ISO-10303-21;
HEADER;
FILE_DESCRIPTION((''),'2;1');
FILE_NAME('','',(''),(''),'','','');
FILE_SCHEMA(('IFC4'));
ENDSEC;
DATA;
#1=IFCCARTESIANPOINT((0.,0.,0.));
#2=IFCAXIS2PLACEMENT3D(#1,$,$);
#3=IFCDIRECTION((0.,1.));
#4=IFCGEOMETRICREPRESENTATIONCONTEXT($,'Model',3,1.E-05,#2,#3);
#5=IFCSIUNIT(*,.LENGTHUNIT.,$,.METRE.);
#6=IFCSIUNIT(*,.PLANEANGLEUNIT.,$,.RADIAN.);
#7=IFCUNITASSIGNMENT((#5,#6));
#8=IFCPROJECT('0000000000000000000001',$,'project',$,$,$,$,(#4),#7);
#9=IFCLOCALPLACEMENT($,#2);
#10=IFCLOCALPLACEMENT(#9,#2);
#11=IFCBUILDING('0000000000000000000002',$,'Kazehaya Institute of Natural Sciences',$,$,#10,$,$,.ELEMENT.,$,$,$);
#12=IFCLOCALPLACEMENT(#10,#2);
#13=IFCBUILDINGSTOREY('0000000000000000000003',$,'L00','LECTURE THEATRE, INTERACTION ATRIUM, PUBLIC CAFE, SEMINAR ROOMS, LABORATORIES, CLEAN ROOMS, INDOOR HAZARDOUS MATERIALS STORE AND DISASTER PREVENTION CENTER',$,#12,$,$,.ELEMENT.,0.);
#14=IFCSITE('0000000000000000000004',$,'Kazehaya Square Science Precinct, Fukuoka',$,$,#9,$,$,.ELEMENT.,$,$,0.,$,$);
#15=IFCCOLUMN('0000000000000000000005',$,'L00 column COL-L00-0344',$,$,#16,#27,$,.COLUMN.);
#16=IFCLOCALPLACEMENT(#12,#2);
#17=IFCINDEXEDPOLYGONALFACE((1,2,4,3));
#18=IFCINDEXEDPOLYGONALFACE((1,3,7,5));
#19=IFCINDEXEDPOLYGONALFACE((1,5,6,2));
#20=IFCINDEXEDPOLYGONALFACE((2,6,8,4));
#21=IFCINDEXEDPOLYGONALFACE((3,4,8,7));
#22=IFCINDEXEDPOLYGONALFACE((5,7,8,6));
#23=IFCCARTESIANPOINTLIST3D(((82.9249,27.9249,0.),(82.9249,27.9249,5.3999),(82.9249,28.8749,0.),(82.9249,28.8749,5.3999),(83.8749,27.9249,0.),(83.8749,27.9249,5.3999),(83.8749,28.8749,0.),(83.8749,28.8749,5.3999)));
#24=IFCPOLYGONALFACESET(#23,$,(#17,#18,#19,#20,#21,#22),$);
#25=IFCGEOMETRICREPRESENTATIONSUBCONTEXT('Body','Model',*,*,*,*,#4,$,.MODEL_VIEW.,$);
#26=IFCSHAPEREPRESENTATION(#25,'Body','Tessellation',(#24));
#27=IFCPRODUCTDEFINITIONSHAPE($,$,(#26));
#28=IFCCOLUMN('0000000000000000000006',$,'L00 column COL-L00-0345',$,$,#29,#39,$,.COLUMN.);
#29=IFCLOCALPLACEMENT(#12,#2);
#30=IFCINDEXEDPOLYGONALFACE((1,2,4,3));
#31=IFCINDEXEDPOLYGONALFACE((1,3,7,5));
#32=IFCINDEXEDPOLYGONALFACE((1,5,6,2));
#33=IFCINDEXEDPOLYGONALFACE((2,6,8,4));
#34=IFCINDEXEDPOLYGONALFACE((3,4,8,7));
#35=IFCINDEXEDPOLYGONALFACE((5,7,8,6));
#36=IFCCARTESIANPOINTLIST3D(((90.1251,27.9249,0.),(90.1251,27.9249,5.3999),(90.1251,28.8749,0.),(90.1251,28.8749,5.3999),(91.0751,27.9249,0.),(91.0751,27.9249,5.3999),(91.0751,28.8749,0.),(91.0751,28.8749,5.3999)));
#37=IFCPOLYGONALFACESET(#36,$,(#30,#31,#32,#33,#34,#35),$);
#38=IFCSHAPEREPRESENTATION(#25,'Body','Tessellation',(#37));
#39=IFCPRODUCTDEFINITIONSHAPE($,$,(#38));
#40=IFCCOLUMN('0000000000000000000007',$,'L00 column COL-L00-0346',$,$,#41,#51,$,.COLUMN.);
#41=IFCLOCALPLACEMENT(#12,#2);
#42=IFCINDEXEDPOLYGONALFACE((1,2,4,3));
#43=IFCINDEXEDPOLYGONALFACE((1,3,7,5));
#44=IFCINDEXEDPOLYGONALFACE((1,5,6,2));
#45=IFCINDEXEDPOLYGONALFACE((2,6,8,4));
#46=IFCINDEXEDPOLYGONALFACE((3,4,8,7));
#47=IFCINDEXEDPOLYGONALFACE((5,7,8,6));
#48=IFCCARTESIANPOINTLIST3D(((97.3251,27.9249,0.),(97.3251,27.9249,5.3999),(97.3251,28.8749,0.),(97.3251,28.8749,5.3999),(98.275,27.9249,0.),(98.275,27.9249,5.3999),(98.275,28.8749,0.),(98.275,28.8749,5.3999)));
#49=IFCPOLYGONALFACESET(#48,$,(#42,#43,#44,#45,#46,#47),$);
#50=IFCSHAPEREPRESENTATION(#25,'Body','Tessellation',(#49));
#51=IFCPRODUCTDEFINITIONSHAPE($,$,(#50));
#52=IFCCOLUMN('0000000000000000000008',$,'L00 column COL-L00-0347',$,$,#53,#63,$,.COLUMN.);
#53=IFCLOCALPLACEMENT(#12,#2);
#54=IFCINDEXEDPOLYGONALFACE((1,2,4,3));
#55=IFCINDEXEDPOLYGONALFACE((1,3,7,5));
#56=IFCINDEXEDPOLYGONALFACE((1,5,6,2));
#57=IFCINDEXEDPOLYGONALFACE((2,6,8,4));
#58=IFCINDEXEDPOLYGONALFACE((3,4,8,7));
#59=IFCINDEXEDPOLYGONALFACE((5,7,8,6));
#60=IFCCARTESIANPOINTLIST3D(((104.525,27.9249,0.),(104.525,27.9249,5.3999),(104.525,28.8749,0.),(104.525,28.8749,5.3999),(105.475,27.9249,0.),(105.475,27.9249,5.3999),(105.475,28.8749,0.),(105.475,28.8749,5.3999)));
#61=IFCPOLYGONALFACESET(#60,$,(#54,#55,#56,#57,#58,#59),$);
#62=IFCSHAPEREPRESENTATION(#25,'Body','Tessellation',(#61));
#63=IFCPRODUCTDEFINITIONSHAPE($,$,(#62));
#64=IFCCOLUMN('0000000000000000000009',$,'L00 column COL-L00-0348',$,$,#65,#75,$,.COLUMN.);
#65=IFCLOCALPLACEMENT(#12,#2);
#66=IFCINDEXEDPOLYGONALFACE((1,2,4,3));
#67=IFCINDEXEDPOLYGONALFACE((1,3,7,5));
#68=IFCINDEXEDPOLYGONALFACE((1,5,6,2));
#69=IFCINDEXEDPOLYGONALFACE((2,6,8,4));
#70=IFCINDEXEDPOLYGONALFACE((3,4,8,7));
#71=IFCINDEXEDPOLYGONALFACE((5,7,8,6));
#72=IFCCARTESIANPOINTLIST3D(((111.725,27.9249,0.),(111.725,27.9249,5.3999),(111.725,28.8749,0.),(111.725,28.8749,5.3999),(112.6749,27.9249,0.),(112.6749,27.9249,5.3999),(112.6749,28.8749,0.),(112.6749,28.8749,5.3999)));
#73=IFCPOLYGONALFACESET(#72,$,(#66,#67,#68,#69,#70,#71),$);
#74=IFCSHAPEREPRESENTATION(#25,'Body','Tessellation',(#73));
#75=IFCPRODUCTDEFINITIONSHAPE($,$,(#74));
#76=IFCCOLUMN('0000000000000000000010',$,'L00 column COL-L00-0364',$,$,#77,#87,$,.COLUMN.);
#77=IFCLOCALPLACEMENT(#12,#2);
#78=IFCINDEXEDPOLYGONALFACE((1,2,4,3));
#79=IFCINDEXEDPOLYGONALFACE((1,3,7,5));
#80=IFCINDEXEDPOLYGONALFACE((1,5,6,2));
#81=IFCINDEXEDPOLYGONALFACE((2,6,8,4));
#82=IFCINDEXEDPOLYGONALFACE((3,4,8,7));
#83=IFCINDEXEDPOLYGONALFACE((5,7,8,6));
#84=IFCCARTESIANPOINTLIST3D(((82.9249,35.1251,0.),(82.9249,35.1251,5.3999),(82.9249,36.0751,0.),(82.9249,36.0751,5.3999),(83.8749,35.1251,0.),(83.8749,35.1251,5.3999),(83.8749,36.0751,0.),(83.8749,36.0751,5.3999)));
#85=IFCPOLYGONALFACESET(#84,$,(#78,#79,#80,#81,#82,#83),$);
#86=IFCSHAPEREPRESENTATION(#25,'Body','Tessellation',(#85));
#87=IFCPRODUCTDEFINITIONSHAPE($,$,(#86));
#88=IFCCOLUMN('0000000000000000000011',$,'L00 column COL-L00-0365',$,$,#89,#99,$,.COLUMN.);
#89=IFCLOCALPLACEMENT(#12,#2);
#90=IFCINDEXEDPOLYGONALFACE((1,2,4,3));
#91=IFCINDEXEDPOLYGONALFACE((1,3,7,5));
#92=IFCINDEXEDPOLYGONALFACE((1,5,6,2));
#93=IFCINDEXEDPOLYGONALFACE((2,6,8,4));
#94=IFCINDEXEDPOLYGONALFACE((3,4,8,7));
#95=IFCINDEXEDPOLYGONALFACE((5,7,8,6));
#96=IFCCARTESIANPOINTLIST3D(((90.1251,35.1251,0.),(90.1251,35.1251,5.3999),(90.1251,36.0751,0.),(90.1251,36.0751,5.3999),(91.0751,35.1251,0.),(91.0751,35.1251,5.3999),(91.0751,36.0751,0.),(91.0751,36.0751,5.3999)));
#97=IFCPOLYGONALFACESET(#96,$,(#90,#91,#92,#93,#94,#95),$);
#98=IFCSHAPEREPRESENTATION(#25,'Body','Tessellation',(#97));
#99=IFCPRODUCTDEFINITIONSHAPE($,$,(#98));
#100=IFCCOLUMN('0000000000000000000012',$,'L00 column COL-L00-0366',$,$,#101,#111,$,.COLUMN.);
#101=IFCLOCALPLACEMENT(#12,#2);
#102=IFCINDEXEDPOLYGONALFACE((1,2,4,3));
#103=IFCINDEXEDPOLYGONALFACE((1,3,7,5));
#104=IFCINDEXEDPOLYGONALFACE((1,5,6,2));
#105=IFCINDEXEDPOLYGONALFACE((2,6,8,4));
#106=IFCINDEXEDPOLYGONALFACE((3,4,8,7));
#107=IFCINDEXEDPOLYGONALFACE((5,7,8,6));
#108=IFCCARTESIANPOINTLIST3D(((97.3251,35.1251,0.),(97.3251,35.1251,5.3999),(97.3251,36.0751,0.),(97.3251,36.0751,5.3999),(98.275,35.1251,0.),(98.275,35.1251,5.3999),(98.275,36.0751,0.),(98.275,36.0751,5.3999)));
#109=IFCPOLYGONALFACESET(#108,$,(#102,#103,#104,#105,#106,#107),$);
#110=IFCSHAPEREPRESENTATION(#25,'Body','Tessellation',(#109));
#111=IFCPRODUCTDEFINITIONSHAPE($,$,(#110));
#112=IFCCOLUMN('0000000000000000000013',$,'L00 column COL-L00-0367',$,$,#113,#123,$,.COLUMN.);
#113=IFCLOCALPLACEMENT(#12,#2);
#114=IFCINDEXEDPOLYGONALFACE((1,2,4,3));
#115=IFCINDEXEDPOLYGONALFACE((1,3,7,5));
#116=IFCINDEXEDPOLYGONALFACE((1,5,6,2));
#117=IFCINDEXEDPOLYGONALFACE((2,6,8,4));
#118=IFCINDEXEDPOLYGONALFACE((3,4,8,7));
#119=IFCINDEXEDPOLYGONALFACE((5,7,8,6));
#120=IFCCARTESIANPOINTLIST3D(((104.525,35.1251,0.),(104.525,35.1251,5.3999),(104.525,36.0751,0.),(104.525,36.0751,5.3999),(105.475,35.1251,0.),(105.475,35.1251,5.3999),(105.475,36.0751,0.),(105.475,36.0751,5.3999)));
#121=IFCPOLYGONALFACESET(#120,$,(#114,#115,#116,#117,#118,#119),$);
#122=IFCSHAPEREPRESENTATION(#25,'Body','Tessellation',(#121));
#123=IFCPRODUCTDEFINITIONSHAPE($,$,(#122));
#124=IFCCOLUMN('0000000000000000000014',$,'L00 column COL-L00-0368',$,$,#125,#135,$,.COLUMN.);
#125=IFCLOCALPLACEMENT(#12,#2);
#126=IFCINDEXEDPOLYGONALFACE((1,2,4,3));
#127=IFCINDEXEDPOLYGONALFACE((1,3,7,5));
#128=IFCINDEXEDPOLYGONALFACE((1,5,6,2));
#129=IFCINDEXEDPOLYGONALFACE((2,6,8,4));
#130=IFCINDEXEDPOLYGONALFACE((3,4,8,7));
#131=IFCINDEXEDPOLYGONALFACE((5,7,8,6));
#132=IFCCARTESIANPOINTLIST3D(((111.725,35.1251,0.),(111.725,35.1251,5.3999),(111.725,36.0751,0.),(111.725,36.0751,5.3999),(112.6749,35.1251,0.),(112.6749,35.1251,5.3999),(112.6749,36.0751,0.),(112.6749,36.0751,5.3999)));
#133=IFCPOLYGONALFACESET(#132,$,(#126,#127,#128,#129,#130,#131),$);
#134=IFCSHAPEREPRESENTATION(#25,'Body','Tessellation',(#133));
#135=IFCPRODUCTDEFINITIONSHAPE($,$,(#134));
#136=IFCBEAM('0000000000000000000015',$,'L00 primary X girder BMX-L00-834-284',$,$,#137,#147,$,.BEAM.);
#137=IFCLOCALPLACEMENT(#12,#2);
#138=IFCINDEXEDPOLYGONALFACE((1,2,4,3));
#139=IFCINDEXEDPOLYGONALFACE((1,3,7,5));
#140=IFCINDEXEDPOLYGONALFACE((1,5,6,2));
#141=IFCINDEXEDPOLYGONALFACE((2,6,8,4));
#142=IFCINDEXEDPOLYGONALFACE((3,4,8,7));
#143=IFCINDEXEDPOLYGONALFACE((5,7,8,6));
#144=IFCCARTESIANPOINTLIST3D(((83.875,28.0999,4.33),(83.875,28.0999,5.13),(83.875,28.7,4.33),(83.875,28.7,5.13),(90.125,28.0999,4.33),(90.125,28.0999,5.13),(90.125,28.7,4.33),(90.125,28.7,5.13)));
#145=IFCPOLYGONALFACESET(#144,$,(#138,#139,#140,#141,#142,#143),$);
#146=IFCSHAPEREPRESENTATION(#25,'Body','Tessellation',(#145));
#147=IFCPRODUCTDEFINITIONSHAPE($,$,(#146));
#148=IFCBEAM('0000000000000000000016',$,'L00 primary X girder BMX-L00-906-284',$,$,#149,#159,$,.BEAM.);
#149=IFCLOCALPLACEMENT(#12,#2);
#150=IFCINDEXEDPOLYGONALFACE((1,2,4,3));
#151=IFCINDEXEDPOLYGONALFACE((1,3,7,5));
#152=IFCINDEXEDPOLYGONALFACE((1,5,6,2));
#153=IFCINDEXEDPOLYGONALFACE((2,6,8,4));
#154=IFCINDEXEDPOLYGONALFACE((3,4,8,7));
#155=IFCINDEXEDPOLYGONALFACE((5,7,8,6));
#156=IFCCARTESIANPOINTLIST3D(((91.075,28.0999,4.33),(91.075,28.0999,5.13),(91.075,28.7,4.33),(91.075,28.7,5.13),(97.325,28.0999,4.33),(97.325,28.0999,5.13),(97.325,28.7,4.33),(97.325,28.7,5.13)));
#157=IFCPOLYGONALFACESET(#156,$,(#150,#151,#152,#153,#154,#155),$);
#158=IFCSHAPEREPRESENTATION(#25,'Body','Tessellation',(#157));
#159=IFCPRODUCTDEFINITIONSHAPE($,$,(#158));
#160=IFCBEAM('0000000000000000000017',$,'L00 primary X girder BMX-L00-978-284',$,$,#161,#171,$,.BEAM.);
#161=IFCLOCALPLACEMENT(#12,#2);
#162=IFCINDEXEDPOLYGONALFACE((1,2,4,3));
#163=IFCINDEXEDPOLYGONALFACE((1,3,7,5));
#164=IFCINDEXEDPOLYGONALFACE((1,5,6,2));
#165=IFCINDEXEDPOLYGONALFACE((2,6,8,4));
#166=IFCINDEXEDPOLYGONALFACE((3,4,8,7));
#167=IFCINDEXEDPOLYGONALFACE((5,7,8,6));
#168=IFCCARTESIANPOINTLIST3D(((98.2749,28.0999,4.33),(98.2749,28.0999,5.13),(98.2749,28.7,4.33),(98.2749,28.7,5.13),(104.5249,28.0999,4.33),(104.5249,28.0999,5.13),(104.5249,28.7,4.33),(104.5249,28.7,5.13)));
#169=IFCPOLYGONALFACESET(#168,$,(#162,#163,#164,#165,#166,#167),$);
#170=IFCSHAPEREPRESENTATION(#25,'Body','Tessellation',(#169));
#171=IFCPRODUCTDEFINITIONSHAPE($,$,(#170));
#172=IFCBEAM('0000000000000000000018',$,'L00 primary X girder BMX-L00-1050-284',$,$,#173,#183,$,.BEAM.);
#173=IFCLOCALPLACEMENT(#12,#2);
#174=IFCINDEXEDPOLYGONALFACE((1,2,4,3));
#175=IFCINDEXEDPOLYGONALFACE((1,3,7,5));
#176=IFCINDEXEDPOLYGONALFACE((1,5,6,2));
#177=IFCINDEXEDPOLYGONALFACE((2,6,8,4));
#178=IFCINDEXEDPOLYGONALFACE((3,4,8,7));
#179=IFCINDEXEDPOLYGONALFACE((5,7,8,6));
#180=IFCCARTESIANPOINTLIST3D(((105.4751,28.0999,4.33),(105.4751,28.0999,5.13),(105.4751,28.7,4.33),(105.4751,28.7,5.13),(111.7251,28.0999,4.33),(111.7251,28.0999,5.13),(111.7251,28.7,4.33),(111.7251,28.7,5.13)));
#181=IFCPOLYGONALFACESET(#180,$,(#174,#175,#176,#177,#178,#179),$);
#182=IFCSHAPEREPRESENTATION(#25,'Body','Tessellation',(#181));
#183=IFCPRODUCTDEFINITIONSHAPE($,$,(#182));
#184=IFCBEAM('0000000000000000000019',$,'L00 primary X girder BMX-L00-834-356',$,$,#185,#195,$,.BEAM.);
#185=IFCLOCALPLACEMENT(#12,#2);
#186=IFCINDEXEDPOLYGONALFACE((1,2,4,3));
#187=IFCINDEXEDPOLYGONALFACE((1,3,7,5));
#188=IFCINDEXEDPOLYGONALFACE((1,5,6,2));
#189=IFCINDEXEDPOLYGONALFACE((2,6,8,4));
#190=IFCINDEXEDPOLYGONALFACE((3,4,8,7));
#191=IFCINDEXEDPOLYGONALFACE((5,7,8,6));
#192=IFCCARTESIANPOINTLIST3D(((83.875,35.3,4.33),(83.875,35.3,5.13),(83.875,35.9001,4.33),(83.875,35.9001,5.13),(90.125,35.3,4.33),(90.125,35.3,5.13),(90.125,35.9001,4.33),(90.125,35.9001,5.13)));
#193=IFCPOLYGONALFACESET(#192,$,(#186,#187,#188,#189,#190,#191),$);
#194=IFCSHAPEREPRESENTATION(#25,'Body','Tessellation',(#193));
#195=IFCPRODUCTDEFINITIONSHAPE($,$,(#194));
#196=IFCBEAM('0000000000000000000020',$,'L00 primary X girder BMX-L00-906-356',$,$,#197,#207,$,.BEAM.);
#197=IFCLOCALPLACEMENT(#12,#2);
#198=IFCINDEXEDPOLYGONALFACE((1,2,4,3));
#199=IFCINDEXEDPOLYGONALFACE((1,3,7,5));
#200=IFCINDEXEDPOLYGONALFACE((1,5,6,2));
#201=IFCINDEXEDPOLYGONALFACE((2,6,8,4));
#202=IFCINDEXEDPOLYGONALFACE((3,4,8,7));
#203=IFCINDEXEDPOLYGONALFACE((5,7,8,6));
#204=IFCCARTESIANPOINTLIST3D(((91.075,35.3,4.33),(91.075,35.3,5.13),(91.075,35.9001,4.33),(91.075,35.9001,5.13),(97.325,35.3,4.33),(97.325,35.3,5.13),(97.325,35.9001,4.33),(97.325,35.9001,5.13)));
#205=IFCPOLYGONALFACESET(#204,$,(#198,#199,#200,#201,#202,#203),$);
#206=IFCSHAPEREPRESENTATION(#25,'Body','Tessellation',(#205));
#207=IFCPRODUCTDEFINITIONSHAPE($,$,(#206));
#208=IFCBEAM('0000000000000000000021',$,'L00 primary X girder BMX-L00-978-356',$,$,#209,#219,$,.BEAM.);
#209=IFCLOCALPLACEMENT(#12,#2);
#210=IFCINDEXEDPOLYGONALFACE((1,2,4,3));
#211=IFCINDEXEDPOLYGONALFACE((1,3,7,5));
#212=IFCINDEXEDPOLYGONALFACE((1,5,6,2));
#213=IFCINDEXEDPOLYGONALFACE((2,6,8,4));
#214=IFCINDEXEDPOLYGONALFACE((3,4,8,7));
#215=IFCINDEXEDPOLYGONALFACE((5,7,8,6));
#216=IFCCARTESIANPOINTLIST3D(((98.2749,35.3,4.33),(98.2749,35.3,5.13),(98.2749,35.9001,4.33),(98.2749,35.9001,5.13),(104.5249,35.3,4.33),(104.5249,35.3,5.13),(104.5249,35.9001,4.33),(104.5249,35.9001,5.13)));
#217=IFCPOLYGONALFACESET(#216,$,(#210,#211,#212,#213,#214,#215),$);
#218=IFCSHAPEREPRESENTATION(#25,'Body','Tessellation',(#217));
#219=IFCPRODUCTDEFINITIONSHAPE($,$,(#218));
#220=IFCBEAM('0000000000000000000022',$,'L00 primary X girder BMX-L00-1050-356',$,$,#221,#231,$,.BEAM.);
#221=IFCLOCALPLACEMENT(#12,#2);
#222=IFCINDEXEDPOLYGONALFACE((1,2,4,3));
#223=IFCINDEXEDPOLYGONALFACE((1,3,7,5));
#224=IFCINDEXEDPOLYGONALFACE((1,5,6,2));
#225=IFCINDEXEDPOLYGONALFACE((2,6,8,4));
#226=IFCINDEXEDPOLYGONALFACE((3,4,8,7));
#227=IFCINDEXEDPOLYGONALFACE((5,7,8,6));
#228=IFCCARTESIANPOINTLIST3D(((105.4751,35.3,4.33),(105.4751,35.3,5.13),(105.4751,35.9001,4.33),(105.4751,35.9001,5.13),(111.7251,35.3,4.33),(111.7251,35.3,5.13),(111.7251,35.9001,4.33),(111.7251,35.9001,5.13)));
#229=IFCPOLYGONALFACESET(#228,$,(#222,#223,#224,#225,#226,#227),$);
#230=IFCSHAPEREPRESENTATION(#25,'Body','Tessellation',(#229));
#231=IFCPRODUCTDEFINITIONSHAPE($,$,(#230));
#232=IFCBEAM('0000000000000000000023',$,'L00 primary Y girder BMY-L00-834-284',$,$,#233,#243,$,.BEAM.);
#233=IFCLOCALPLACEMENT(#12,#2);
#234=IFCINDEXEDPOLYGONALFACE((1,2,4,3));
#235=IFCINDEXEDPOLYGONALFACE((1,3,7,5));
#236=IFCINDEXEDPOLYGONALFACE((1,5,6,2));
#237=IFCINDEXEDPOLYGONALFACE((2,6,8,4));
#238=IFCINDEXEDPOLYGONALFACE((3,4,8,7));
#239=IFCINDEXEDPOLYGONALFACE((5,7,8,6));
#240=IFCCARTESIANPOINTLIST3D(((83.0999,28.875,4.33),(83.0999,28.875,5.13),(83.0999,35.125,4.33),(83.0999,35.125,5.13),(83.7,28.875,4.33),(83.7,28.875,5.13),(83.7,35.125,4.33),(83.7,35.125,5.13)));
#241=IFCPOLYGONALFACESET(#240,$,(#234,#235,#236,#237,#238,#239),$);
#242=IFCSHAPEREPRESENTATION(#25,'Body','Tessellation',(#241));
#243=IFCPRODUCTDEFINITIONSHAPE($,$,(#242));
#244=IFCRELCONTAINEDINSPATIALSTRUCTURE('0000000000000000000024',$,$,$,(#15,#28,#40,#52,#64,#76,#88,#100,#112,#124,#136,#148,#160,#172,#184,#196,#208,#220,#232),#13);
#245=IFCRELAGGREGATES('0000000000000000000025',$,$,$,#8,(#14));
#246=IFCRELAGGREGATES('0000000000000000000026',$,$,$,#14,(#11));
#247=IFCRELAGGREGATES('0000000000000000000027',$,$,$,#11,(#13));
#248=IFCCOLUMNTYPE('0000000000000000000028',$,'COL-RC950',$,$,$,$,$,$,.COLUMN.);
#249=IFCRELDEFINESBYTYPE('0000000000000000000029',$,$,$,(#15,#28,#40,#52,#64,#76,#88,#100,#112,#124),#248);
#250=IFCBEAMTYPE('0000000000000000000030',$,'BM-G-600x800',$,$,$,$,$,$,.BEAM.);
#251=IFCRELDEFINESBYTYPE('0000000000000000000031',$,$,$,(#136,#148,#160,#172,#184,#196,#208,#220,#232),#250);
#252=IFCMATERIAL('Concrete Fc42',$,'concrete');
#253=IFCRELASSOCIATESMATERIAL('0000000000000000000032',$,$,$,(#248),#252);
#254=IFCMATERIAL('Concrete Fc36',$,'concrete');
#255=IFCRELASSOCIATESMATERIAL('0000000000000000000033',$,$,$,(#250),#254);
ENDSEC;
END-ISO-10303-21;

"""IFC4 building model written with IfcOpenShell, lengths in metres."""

from ifc_helpers import new_model, si_unit, direction, frame, origin, origin_2d, place, context, subcontext, project, spatial, rectangle, extrude, material, material_profile, profile_set, type_object, element, save


model = new_model("IFC4")

# Units and contexts
model_context = context("Model", 3, precision=1e-05, world=origin(), true_north=direction((0.0, 1.0)))
body_context = subcontext(model_context, "Body", "Model", "MODEL_VIEW")
ifc_project = project(units=[si_unit("LENGTHUNIT", "METRE"), si_unit("PLANEANGLEUNIT", "RADIAN")], contexts=[model_context])

# Site, building, storey
site_placement = place(None, origin())
site = spatial("IfcSite", under=ifc_project, at=site_placement, Name="Kazehaya Square Science Precinct, Fukuoka", CompositionType="ELEMENT", RefElevation=0.0)
building_placement = place(site_placement, origin())
building = spatial("IfcBuilding", under=site, at=building_placement, Name="Kazehaya Institute of Natural Sciences", CompositionType="ELEMENT")
storey_placement = place(building_placement, origin())
storey = spatial("IfcBuildingStorey", under=building, at=storey_placement, Name="L00", Description="LECTURE THEATRE, INTERACTION ATRIUM, PUBLIC CAFE, SEMINAR ROOMS, LABORATORIES, CLEAN ROOMS, INDOOR HAZARDOUS MATERIALS STORE AND DISASTER PREVENTION CENTER", CompositionType="ELEMENT", Elevation=0.0)

# Columns
ifc_material_1 = material(Name="Concrete Fc42", Category="concrete")
ifc_material_profile_1 = material_profile(ifc_material_1, rectangle(XDim=0.95, YDim=0.95, at=origin_2d()), Name="RC-950x950")
ifc_profile_set_1 = profile_set([ifc_material_profile_1], Name="Concrete Fc42")
column_type = type_object("IfcColumnType", Name="COL-RC950", PredefinedType="COLUMN", material=ifc_profile_set_1)
for number, where, z_axis, x_axis, name in (
    (1, (83.3999, 28.3999, 0.0), (0.0, 0.0, 1.0), (1.0, 0.0, 0.0), "L00 column COL-L00-0344"),
    (2, (90.6001, 28.3999, 0.0), (0.0, 0.0, 1.0), (1.0, 0.0, 0.0), "L00 column COL-L00-0345"),
    (3, (97.8, 28.3999, 0.0), (0.0, 0.0, 1.0), (1.0, 0.0, 0.0), "L00 column COL-L00-0346"),
    (4, (105.0, 28.3999, 0.0), (0.0, 0.0, 1.0), (1.0, 0.0, 0.0), "L00 column COL-L00-0347"),
    (5, (112.2, 28.3999, 0.0), (0.0, 0.0, 1.0), (1.0, 0.0, 0.0), "L00 column COL-L00-0348"),
    (6, (83.3999, 35.6001, 0.0), (0.0, 0.0, 1.0), (1.0, 0.0, 0.0), "L00 column COL-L00-0364"),
    (7, (90.6001, 35.6001, 0.0), (0.0, 0.0, 1.0), (1.0, 0.0, 0.0), "L00 column COL-L00-0365"),
    (8, (97.8, 35.6001, 0.0), (0.0, 0.0, 1.0), (1.0, 0.0, 0.0), "L00 column COL-L00-0366"),
    (9, (105.0, 35.6001, 0.0), (0.0, 0.0, 1.0), (1.0, 0.0, 0.0), "L00 column COL-L00-0367"),
    (10, (112.2, 35.6001, 0.0), (0.0, 0.0, 1.0), (1.0, 0.0, 0.0), "L00 column COL-L00-0368"),
):
    element("IfcColumn", number, at=place(storey_placement, frame(where, z_axis=z_axis, x_axis=x_axis)), inside=storey, type_object=column_type, Name=name, PredefinedType="COLUMN", context=body_context, shape_type="SweptSolid", body=[
        extrude(rectangle(XDim=0.95, YDim=0.95, at=origin_2d()), origin(), (0.0, 0.0, 1.0), 5.3999),
    ])

# Beams
ifc_material_2 = material(Name="Concrete Fc36", Category="concrete")
ifc_material_profile_2 = material_profile(ifc_material_2, rectangle(XDim=0.6001, YDim=0.8, at=origin_2d()), Name="RC-600x800")
ifc_profile_set_2 = profile_set([ifc_material_profile_2], Name="Concrete Fc36")
beam_type_1 = type_object("IfcBeamType", Name="BM-G-600x800", PredefinedType="BEAM", material=ifc_profile_set_2)
for number, where, z_axis, x_axis, name in (
    (11, (83.875, 28.3999, 4.73), (1.0, 0.0, 0.0), (0.0, 1.0, 0.0), "L00 primary X girder BMX-L00-834-284"),
    (12, (91.075, 28.3999, 4.73), (1.0, 0.0, 0.0), (0.0, 1.0, 0.0), "L00 primary X girder BMX-L00-906-284"),
    (13, (98.2749, 28.3999, 4.73), (1.0, 0.0, 0.0), (0.0, 1.0, 0.0), "L00 primary X girder BMX-L00-978-284"),
    (14, (105.4751, 28.3999, 4.73), (1.0, 0.0, 0.0), (0.0, 1.0, 0.0), "L00 primary X girder BMX-L00-1050-284"),
    (15, (83.875, 35.6001, 4.73), (1.0, 0.0, 0.0), (0.0, 1.0, 0.0), "L00 primary X girder BMX-L00-834-356"),
    (16, (91.075, 35.6001, 4.73), (1.0, 0.0, 0.0), (0.0, 1.0, 0.0), "L00 primary X girder BMX-L00-906-356"),
    (17, (98.2749, 35.6001, 4.73), (1.0, 0.0, 0.0), (0.0, 1.0, 0.0), "L00 primary X girder BMX-L00-978-356"),
    (18, (105.4751, 35.6001, 4.73), (1.0, 0.0, 0.0), (0.0, 1.0, 0.0), "L00 primary X girder BMX-L00-1050-356"),
    (19, (83.3999, 28.875, 4.73), (0.0, 1.0, 0.0), (-1.0, 0.0, 0.0), "L00 primary Y girder BMY-L00-834-284"),
):
    element("IfcBeam", number, at=place(storey_placement, frame(where, z_axis=z_axis, x_axis=x_axis)), inside=storey, type_object=beam_type_1, Name=name, PredefinedType="BEAM", context=body_context, shape_type="SweptSolid", body=[
        extrude(rectangle(XDim=0.6001, YDim=0.8, at=origin_2d()), origin(), (0.0, 0.0, 1.0), 6.25),
    ])

save(model, "model.ifc")
